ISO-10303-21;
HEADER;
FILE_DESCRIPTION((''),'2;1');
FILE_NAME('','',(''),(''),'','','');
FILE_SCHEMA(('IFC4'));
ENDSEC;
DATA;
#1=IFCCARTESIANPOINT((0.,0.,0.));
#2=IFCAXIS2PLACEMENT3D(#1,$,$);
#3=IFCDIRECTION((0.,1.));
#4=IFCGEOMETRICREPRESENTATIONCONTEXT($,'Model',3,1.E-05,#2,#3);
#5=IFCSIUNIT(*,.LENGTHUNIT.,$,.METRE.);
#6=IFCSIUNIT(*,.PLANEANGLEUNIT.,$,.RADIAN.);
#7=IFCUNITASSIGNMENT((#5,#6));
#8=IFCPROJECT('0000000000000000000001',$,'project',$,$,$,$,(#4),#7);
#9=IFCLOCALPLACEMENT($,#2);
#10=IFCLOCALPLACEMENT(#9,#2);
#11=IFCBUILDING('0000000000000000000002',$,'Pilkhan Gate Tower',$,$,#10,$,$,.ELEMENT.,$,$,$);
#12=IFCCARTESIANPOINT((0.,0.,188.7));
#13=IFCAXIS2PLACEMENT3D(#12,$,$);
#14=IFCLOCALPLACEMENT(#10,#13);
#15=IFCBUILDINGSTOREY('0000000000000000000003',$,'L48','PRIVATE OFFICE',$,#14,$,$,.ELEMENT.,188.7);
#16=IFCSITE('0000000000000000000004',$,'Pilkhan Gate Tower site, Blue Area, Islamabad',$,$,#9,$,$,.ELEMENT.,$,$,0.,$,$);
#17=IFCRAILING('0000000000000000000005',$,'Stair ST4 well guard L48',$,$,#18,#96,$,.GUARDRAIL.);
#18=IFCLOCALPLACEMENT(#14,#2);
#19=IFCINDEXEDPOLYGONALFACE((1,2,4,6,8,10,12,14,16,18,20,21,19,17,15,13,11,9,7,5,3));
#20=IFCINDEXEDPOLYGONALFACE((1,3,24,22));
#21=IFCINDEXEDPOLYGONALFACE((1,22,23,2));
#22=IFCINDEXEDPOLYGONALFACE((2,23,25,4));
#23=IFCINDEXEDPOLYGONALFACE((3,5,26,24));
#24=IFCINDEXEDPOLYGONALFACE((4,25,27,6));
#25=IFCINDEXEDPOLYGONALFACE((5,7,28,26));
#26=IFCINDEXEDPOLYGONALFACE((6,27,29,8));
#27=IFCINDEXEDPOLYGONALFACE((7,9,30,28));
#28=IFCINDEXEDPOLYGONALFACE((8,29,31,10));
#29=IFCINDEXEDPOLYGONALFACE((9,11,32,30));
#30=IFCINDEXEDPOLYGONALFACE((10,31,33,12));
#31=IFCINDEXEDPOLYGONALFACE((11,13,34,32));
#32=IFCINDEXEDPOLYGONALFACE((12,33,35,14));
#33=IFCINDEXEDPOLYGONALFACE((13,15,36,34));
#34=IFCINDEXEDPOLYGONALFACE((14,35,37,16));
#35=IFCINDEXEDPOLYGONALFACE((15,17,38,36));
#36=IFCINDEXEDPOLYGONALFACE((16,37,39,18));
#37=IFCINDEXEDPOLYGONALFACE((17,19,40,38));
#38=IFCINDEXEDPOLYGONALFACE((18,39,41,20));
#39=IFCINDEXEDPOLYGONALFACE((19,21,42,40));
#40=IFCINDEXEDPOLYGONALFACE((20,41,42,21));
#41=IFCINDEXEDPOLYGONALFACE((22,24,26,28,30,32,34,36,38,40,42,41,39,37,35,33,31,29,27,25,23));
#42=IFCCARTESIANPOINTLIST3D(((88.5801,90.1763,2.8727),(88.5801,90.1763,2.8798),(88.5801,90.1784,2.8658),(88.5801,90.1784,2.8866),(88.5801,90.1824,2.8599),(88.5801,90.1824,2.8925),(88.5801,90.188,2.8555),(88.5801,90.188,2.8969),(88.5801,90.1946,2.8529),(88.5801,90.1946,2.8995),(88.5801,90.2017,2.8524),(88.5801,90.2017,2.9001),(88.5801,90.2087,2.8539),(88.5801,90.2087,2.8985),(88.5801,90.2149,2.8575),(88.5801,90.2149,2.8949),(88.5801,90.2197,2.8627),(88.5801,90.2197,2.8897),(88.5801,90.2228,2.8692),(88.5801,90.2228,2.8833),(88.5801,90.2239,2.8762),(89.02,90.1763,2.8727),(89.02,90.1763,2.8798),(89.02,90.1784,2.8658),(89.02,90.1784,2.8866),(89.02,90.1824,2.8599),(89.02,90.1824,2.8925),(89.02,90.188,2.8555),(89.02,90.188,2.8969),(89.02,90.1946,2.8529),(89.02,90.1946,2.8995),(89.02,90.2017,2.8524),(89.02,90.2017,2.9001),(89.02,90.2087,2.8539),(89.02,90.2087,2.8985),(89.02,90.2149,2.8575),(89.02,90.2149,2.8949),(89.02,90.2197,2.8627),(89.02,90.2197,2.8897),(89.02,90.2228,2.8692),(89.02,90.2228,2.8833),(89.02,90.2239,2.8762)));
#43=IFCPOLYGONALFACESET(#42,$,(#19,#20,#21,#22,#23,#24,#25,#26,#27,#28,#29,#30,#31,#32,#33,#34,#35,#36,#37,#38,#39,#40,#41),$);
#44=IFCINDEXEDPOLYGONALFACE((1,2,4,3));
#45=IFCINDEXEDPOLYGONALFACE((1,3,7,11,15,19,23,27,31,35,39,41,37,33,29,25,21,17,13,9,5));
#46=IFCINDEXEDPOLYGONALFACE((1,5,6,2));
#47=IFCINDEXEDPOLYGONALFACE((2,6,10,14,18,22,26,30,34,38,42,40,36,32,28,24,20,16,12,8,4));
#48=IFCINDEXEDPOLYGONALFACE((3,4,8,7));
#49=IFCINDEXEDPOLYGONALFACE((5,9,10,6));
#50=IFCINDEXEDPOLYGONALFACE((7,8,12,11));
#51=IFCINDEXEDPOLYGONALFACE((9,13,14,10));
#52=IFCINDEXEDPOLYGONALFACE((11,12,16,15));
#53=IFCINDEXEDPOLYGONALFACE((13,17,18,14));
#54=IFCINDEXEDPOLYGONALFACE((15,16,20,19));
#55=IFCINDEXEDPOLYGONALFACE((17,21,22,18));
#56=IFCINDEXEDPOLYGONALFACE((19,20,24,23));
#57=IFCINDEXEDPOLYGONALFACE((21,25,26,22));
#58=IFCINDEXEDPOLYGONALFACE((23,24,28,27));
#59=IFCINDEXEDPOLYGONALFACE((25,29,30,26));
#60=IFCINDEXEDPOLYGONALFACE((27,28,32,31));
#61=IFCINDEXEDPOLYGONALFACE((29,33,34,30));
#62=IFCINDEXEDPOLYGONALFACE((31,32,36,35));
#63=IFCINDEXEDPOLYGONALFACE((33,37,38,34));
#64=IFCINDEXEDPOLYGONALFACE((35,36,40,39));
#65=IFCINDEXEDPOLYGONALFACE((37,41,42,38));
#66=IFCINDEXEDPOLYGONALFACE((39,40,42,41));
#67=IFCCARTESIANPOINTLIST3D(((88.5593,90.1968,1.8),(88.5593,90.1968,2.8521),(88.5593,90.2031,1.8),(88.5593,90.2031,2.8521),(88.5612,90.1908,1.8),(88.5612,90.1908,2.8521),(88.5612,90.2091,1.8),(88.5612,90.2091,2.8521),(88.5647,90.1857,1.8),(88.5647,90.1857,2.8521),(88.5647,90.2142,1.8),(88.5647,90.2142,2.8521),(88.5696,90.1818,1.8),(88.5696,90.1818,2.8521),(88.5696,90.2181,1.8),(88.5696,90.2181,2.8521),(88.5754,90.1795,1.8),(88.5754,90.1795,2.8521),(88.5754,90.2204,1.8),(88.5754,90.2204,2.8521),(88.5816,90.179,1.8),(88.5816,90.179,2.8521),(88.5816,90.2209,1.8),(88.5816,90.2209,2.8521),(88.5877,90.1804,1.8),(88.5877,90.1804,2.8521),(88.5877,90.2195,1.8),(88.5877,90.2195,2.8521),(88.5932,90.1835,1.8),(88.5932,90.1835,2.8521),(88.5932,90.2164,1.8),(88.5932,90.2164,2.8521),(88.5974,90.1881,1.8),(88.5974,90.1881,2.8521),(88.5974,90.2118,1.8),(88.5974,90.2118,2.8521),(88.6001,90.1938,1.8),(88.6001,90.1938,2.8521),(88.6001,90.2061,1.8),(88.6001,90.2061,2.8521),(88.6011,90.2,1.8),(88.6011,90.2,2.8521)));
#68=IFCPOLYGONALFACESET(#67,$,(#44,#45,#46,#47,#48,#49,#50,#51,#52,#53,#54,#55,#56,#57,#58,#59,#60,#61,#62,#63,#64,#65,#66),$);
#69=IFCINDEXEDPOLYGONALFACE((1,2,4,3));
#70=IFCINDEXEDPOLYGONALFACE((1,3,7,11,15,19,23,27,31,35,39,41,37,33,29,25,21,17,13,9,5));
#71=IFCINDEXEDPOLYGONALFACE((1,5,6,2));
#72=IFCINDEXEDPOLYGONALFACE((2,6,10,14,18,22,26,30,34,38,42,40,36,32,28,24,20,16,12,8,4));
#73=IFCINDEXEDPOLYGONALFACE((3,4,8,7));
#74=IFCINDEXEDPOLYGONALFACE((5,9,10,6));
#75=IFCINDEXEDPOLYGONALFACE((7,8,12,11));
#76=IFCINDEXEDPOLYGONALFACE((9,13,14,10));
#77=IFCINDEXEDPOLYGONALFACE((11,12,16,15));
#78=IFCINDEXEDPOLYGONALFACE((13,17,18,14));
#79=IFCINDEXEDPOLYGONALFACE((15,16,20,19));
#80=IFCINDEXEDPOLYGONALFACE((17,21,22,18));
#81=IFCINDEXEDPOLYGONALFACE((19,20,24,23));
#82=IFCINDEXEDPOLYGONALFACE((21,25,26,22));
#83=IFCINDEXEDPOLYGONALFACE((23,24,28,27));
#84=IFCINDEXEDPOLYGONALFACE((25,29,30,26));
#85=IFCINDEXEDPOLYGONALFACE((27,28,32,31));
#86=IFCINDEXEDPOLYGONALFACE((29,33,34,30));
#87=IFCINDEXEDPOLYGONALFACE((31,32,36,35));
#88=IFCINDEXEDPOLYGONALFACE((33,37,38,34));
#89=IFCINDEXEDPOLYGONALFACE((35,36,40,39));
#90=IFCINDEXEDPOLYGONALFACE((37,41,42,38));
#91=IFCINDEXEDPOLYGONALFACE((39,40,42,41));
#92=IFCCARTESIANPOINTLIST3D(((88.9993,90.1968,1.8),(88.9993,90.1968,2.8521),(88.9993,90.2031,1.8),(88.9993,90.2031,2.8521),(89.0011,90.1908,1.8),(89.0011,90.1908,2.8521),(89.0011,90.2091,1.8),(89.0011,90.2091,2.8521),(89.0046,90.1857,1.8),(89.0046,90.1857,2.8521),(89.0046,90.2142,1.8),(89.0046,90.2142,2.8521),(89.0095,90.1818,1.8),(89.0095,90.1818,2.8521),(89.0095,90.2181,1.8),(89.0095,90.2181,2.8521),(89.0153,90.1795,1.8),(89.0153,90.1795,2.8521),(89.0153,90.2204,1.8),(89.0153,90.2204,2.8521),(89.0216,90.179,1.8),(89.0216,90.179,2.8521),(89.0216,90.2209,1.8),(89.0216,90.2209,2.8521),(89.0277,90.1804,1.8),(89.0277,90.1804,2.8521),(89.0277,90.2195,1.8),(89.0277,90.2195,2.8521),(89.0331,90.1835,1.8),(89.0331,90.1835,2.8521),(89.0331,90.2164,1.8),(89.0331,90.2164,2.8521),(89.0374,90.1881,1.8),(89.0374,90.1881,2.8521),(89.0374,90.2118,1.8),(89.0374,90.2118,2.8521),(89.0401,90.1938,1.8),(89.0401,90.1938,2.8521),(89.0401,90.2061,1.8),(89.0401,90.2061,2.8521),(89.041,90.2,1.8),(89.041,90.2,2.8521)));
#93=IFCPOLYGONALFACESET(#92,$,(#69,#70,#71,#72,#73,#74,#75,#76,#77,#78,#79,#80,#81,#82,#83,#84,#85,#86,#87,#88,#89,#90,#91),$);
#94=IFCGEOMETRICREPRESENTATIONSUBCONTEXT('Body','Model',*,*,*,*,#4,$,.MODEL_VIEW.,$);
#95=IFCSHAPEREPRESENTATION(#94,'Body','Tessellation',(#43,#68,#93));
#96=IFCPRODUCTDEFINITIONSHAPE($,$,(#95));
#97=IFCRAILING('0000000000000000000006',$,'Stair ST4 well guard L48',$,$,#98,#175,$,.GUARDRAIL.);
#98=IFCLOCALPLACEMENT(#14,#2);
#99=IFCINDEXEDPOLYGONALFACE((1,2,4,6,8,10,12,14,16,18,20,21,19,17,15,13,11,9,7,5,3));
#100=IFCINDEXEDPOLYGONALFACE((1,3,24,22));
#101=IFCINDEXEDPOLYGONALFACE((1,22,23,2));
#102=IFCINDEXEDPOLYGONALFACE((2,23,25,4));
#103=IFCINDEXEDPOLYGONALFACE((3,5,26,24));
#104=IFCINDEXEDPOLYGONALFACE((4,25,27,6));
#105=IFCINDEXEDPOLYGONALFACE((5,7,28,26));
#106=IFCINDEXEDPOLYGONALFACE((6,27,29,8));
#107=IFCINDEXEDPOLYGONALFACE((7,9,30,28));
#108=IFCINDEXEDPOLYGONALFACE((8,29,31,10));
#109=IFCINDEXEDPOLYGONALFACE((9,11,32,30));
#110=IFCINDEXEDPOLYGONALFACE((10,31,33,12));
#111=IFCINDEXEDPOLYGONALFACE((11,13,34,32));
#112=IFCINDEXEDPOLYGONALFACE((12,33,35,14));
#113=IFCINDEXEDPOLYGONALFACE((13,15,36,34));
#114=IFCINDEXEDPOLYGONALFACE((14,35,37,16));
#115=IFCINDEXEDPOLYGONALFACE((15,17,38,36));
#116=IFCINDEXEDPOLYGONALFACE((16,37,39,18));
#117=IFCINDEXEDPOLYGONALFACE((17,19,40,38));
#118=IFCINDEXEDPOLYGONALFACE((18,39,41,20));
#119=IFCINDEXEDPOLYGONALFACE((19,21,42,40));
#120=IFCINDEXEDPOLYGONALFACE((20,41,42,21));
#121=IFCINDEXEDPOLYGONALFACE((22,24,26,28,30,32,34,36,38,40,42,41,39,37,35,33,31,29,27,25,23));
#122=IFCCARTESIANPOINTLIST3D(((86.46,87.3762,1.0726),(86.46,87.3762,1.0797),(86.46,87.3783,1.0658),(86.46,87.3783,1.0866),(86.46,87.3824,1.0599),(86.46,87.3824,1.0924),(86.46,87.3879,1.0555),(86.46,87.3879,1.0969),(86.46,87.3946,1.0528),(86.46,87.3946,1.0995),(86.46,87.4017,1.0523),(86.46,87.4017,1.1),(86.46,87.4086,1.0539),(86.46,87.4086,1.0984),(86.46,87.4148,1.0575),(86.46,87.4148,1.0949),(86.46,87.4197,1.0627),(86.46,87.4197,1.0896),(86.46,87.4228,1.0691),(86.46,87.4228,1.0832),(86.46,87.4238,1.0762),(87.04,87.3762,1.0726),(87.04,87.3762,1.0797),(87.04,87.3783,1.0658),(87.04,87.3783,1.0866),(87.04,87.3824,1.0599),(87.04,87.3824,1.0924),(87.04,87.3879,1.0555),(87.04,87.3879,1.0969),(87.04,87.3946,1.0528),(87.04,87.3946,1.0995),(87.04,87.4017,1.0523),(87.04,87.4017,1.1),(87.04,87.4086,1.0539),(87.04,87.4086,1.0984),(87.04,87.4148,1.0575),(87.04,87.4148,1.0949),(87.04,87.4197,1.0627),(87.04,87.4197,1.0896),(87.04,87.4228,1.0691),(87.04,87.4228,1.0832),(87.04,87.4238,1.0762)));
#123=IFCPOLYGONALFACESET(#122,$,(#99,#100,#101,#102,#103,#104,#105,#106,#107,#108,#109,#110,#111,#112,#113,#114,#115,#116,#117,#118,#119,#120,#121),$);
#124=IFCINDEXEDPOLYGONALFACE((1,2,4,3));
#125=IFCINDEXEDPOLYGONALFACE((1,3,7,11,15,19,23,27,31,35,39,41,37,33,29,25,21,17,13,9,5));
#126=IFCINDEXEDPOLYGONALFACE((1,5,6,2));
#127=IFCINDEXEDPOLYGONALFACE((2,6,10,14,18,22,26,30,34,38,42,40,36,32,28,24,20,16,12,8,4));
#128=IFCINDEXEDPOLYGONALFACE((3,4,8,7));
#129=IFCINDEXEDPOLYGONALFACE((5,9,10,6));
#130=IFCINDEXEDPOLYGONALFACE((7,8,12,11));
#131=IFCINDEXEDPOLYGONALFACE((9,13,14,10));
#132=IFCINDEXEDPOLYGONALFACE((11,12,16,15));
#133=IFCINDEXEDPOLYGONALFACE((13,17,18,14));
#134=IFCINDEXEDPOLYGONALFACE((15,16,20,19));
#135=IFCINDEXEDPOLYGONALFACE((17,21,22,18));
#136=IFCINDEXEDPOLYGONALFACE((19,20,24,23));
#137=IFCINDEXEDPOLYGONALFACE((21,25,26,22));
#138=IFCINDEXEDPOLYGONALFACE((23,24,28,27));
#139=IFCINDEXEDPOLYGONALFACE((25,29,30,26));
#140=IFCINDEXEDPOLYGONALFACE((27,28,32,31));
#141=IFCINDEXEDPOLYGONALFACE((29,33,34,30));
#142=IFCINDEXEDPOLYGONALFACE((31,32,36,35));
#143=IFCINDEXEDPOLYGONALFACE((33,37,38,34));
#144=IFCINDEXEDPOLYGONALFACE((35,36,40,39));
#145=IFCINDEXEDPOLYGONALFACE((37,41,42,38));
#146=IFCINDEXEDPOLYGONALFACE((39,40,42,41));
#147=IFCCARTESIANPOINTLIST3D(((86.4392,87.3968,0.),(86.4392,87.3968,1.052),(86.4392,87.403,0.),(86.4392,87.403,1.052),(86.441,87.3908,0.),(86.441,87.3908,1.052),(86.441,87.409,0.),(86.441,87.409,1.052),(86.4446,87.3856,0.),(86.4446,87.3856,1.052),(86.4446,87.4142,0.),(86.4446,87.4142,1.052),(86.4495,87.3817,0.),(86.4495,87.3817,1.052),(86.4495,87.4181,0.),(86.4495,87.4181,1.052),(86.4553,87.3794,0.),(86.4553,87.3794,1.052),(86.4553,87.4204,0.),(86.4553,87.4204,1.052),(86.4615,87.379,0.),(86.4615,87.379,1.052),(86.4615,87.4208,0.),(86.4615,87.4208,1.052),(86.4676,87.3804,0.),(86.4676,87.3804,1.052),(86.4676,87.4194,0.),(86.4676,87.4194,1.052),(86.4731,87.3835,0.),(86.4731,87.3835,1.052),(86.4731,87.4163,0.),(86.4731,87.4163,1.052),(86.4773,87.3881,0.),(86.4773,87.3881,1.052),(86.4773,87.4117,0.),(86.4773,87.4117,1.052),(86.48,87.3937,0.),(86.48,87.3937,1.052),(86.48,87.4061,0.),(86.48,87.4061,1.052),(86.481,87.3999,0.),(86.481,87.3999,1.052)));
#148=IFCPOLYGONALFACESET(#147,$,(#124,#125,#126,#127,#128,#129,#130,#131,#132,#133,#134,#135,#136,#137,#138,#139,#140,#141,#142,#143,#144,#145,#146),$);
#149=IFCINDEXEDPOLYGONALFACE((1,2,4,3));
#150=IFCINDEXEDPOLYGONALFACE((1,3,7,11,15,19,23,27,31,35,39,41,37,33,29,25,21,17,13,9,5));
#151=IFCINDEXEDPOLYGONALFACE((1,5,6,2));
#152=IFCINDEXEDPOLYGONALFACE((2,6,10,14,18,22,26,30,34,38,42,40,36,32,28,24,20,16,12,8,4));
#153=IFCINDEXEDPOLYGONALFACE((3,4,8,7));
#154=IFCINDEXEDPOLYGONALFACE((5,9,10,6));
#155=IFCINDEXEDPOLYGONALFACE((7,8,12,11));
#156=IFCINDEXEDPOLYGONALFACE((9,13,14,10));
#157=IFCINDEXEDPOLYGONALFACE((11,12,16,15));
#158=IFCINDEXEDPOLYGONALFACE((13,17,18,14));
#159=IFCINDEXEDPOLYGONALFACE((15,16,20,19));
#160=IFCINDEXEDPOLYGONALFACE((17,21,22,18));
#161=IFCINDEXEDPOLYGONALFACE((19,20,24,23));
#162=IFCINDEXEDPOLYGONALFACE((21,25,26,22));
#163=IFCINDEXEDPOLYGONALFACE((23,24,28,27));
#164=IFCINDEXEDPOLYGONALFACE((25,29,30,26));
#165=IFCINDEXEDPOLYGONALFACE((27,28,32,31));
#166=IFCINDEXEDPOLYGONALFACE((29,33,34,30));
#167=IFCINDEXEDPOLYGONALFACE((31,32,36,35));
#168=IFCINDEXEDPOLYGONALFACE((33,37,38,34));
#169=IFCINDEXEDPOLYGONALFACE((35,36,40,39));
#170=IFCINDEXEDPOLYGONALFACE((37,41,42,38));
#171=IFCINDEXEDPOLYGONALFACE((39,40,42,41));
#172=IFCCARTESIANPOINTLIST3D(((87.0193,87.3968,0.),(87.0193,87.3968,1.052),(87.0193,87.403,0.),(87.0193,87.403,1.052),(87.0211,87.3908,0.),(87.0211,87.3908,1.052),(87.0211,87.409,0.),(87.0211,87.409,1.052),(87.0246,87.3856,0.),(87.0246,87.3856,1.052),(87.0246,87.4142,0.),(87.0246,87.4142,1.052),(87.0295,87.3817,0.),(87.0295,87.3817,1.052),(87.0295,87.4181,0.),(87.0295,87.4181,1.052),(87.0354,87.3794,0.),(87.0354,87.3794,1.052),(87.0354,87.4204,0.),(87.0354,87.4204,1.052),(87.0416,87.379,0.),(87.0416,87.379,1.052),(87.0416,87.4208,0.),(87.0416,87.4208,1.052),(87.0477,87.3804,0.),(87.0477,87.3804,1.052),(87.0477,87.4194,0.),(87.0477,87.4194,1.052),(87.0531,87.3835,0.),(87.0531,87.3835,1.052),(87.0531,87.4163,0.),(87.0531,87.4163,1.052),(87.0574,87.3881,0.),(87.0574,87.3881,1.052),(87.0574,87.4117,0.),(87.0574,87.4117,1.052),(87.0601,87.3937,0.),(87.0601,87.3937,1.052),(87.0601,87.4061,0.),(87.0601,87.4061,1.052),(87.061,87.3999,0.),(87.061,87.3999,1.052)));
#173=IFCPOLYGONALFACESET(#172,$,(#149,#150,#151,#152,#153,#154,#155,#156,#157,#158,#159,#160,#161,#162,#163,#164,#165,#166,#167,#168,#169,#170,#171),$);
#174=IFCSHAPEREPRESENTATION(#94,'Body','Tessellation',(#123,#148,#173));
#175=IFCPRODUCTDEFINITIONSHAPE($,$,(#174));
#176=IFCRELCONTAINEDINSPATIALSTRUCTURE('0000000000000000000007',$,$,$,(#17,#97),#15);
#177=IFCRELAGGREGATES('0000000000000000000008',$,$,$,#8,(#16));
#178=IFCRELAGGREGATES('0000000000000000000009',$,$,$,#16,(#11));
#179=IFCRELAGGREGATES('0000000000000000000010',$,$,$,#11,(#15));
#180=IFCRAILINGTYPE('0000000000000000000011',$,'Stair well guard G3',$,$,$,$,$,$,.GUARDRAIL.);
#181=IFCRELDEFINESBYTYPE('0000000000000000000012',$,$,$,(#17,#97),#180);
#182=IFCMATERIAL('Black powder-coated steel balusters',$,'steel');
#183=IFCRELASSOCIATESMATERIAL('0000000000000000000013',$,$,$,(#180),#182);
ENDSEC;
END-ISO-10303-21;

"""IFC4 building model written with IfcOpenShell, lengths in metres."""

from ifc_helpers import new_model, si_unit, direction, frame, origin, origin_2d, place, context, subcontext, project, spatial, circle, extrude, material, type_object, element, save


model = new_model("IFC4")

# Units and contexts
model_context = context("Model", 3, precision=1e-05, world=origin(), true_north=direction((0.0, 1.0)))
body_context = subcontext(model_context, "Body", "Model", "MODEL_VIEW")
ifc_project = project(units=[si_unit("LENGTHUNIT", "METRE"), si_unit("PLANEANGLEUNIT", "RADIAN")], contexts=[model_context])

# Site, building, storey
site_placement = place(None, origin())
site = spatial("IfcSite", under=ifc_project, at=site_placement, Name="Pilkhan Gate Tower site, Blue Area, Islamabad", CompositionType="ELEMENT", RefElevation=0.0)
building_placement = place(site_placement, origin())
building = spatial("IfcBuilding", under=site, at=building_placement, Name="Pilkhan Gate Tower", CompositionType="ELEMENT")
storey_placement = place(building_placement, frame((0.0, 0.0, 188.7)))
storey = spatial("IfcBuildingStorey", under=building, at=storey_placement, Name="L48", Description="PRIVATE OFFICE", CompositionType="ELEMENT", Elevation=188.7)

# Railings
ifc_material_1 = material(Name="Black powder-coated steel balusters", Category="steel")
railing_type_1 = type_object("IfcRailingType", Name="Stair well guard G3", PredefinedType="GUARDRAIL", material=ifc_material_1)
railing_1_placement = place(storey_placement, frame((88.5801, 90.2, 1.8)))
element("IfcRailing", 1, at=railing_1_placement, inside=storey, type_object=railing_type_1, Name="Stair ST4 well guard L48", PredefinedType="GUARDRAIL", context=body_context, shape_type="SweptSolid", body=[
    extrude(circle(Radius=0.0239, at=origin_2d()), frame((0.0, 0.0, 1.0762), z_axis=(1.0, 0.0, 0.0), x_axis=(0.0, 1.0, 0.0)), (0.0, 0.0, 1.0), 0.4399),
    extrude(circle(Radius=0.021, at=origin_2d()), origin(), (0.0, 0.0, 1.0), 1.052),
    extrude(circle(Radius=0.021, at=origin_2d()), frame((0.4399, 0.0, 0.0)), (0.0, 0.0, 1.0), 1.052),
])
for number, where, name in (
    (2, (86.46, 87.3999, 0.0), "Stair ST4 well guard L48"),
):
    element("IfcRailing", number, at=place(storey_placement, frame(where)), inside=storey, type_object=railing_type_1, Name=name, PredefinedType="GUARDRAIL", context=body_context, shape_type="SweptSolid", body=[
        extrude(circle(Radius=0.0239, at=origin_2d()), frame((0.0, 0.0, 1.0762), z_axis=(1.0, 0.0, 0.0), x_axis=(0.0, 1.0, 0.0)), (0.0, 0.0, 1.0), 0.5801),
        extrude(circle(Radius=0.021, at=origin_2d()), origin(), (0.0, 0.0, 1.0), 1.052),
        extrude(circle(Radius=0.021, at=origin_2d()), frame((0.5801, 0.0, 0.0)), (0.0, 0.0, 1.0), 1.052),
    ])

save(model, "model.ifc")
